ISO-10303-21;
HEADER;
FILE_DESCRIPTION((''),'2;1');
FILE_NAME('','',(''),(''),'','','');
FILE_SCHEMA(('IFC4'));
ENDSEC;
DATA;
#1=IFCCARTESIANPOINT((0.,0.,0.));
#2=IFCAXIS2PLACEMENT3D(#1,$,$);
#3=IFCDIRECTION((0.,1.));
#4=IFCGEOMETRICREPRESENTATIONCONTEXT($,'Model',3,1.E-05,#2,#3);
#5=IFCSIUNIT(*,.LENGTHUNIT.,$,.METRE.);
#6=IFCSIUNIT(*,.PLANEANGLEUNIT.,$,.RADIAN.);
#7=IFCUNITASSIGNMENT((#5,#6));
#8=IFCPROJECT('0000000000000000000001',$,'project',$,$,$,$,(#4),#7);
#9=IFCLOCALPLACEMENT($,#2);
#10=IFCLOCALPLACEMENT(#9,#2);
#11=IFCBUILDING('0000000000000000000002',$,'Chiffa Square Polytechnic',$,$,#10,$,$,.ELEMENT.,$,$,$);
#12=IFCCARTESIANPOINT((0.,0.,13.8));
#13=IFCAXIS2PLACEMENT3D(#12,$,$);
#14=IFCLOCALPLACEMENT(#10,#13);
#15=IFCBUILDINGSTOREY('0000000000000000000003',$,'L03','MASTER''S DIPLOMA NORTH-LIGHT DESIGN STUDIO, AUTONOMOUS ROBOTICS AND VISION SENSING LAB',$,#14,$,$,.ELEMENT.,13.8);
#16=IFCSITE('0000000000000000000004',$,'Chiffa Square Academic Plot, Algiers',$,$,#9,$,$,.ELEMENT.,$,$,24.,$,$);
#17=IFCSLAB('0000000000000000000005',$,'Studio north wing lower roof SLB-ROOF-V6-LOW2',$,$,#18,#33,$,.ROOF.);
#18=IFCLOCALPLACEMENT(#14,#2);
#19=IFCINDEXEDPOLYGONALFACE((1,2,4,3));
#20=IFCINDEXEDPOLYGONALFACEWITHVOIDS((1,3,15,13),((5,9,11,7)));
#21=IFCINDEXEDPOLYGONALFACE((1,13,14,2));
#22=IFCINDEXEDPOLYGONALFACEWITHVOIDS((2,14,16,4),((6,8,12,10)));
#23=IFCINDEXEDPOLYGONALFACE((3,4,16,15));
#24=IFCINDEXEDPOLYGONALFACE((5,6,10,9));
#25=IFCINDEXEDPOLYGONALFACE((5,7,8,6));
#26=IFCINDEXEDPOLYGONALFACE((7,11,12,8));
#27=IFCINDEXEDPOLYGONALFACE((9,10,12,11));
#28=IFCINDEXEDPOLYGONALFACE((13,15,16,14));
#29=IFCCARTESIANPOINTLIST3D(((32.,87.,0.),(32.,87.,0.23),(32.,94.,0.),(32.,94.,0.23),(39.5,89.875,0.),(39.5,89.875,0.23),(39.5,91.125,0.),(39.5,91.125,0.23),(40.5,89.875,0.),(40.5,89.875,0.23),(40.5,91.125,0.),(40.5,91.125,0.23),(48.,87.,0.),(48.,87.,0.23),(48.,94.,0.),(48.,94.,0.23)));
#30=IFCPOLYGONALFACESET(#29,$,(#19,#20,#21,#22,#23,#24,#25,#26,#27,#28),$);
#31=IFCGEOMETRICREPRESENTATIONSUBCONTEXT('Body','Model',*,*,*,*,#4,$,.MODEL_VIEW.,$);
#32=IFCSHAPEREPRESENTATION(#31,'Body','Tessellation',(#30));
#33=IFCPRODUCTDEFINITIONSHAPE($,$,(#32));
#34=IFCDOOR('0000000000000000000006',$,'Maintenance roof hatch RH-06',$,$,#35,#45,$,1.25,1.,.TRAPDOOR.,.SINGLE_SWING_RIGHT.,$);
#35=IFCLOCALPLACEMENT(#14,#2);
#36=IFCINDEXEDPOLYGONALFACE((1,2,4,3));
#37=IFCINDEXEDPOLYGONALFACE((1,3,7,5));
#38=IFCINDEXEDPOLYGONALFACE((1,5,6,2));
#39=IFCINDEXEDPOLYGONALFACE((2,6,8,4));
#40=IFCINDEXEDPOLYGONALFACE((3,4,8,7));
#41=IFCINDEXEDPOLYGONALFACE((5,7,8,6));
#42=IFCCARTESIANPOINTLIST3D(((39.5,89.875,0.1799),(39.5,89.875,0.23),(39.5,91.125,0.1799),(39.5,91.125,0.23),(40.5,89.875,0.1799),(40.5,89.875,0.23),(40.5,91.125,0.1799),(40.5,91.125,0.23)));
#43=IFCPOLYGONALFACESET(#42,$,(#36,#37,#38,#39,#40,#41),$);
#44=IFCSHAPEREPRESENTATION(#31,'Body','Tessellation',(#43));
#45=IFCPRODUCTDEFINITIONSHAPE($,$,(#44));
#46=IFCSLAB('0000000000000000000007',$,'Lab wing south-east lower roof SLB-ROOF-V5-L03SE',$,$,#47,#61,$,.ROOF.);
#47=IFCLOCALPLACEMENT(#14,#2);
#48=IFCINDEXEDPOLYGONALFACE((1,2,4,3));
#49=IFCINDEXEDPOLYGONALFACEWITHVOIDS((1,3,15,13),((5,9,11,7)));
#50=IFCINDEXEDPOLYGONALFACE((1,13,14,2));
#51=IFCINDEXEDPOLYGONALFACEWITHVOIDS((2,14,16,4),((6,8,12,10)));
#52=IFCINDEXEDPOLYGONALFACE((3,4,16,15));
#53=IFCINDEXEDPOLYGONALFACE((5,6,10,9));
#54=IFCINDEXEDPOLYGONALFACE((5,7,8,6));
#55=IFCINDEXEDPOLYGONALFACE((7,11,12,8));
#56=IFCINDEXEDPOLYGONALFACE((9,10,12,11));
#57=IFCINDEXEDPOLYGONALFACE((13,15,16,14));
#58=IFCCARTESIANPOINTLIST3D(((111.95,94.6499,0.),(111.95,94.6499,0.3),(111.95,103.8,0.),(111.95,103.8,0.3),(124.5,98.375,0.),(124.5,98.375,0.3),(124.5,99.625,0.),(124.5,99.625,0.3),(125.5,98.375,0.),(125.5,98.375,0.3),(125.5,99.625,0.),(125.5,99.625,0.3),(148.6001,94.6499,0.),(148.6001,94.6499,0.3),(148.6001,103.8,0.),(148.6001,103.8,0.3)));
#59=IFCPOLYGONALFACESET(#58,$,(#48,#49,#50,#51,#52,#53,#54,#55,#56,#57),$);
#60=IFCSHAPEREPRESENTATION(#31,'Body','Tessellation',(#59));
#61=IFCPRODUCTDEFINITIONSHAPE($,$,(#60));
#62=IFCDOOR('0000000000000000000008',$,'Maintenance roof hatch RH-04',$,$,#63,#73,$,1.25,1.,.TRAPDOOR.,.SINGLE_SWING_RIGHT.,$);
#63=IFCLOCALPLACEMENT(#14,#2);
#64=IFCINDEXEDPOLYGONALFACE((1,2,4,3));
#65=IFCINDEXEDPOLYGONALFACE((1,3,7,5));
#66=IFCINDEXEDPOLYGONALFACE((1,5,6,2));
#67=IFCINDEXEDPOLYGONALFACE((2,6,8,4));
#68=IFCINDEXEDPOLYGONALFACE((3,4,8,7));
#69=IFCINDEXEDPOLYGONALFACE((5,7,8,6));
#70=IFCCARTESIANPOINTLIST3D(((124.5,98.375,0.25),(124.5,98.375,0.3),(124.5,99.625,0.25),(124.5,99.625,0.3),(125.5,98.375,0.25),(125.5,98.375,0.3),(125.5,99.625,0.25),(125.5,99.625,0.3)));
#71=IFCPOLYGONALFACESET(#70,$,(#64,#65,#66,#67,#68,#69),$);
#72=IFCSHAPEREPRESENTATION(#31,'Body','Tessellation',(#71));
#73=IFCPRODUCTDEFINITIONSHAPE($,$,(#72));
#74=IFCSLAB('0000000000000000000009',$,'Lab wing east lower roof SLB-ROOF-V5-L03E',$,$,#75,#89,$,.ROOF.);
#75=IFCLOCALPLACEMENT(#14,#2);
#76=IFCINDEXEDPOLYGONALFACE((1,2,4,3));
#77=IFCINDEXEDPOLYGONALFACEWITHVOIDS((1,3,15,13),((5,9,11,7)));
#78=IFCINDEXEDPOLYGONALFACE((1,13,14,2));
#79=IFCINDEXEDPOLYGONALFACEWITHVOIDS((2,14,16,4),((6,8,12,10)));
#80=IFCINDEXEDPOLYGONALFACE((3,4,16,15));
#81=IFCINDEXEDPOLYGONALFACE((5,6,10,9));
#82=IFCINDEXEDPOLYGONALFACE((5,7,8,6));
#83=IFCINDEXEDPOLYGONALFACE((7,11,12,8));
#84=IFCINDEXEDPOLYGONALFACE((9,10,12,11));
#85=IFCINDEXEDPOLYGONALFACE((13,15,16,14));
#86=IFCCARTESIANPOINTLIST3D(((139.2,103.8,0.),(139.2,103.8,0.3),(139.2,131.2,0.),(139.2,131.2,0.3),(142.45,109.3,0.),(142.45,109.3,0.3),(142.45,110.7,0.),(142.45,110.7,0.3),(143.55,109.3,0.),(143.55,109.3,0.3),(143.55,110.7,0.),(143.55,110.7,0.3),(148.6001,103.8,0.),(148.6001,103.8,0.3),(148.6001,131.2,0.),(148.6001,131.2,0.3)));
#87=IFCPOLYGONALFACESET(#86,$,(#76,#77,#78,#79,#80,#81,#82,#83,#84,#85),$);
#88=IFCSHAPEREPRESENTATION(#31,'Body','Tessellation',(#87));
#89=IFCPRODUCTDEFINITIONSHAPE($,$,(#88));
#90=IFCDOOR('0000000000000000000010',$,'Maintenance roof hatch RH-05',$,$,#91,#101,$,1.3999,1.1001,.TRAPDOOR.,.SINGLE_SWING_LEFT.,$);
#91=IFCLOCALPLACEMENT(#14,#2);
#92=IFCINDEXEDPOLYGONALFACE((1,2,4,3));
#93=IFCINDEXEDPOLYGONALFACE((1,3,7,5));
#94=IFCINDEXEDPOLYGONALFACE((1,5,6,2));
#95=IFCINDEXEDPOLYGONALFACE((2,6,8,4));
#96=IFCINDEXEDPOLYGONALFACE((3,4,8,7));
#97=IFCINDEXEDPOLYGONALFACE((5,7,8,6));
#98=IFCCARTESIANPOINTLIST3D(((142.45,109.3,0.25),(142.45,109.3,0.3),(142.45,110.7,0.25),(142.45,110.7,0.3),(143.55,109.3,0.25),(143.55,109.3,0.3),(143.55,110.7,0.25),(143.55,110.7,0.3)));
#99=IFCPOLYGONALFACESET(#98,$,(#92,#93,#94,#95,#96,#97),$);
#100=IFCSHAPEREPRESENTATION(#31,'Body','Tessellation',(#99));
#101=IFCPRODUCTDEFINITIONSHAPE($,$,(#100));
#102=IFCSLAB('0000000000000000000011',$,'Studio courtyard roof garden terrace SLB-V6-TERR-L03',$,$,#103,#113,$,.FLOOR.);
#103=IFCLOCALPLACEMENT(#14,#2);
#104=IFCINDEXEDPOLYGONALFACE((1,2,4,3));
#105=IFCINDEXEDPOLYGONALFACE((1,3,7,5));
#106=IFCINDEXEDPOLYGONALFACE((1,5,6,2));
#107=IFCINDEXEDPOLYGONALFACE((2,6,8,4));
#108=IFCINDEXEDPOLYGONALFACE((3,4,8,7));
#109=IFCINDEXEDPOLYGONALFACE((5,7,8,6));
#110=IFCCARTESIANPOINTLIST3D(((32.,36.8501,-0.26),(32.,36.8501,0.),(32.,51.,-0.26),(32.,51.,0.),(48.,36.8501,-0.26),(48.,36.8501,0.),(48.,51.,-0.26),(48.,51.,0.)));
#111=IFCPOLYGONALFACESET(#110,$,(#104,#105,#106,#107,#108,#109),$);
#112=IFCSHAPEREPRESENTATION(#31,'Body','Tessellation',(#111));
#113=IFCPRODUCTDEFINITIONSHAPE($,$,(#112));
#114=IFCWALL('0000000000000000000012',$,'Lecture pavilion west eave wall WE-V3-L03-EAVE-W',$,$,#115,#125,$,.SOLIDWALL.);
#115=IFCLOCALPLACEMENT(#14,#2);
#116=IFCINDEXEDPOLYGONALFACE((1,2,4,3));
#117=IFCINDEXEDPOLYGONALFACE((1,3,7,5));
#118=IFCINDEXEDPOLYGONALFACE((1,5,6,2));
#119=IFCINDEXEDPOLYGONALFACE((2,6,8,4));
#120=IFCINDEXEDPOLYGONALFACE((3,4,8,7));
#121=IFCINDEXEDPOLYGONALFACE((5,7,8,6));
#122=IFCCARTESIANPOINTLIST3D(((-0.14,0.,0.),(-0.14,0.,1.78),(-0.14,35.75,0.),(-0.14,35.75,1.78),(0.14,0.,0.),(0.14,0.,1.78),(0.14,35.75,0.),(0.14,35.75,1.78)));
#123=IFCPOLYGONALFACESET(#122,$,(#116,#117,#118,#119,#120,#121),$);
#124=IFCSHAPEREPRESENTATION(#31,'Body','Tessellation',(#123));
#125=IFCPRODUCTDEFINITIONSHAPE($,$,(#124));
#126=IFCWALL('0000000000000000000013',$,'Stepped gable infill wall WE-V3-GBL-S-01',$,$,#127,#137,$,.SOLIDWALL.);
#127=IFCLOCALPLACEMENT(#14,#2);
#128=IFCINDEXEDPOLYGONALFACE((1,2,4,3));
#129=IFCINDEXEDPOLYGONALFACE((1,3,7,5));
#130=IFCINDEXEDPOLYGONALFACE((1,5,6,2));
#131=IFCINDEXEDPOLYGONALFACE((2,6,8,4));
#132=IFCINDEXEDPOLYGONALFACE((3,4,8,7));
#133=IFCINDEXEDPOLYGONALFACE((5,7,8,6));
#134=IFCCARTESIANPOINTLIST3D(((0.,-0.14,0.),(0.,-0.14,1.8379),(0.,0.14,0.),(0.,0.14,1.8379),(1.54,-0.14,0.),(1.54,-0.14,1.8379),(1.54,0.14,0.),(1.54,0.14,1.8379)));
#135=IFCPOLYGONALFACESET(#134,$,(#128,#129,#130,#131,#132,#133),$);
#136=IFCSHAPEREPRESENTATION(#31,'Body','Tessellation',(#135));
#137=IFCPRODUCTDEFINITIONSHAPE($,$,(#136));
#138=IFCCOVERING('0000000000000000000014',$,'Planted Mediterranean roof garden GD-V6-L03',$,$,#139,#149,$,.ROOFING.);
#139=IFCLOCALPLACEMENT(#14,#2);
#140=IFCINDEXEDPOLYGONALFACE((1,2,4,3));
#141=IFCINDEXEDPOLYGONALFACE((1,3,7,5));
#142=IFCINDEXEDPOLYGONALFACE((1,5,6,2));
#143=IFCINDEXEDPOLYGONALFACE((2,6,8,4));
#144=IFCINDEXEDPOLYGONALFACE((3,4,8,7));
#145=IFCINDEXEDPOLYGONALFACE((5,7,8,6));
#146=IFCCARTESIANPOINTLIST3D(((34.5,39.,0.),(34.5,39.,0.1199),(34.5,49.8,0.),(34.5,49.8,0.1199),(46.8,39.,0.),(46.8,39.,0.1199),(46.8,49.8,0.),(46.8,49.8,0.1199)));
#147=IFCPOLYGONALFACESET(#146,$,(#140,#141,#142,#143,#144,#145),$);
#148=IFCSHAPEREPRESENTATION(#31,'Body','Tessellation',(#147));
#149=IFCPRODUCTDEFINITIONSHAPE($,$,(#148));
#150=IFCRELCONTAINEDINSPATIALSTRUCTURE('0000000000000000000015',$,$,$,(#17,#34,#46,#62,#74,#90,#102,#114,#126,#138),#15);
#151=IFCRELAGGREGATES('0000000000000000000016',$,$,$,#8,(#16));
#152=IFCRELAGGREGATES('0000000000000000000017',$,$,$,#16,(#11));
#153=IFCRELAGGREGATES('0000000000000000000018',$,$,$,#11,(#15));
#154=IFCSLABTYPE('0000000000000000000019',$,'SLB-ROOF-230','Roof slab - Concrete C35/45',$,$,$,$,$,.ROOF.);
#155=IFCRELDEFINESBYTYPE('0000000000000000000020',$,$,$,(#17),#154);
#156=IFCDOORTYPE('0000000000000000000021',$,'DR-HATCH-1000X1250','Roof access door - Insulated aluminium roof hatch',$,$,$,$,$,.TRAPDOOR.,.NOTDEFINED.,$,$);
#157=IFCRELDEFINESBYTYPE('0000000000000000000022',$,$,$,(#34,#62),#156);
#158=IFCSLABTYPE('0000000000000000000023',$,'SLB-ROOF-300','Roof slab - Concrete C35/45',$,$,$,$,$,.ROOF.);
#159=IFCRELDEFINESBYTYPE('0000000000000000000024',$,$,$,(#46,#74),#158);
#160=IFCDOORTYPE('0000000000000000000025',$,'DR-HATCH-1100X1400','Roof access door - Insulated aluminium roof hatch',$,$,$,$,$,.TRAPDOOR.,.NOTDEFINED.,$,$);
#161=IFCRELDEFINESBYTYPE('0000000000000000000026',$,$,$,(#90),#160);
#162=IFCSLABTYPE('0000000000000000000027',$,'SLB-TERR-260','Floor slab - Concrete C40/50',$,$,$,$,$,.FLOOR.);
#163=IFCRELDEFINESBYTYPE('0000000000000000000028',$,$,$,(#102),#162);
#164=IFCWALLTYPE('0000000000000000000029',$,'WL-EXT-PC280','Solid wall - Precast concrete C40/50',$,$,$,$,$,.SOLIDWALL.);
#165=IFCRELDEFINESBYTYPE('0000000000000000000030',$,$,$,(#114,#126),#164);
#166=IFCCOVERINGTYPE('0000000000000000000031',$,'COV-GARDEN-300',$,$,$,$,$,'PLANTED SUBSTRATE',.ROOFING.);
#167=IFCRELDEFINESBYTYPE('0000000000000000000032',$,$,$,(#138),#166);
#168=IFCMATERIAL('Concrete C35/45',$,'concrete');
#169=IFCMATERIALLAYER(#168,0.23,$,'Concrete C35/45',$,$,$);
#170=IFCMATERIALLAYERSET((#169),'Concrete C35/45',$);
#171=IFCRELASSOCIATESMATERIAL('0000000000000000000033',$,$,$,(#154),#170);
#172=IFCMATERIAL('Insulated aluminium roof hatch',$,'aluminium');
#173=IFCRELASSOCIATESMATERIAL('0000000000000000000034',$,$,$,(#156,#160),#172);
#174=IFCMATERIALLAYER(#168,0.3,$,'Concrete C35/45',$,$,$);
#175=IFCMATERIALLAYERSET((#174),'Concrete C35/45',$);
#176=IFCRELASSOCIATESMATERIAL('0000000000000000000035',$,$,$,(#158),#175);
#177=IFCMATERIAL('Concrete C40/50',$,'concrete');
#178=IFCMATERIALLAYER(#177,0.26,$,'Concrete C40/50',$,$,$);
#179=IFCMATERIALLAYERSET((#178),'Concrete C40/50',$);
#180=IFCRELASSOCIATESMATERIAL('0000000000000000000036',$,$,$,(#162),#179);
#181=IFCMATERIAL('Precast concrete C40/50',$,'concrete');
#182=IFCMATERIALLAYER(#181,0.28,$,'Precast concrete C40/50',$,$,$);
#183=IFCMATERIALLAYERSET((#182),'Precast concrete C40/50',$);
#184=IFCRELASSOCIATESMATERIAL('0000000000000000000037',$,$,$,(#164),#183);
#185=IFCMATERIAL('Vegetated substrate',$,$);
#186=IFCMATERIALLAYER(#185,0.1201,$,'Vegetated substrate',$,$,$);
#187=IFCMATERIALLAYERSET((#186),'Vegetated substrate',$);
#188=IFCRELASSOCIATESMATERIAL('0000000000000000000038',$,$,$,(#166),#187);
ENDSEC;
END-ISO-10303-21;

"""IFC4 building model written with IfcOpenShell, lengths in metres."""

from ifc_helpers import new_model, si_unit, direction, frame, frame_2d, origin, origin_with_axes, origin_2d, place, context, subcontext, project, spatial, polyline, rectangle, outline, extrude, material, layer, layer_set, type_object, element, fill, save


model = new_model("IFC4")

# Units and contexts
model_context = context("Model", 3, precision=1e-05, world=origin(), true_north=direction((0.0, 1.0)))
body_context = subcontext(model_context, "Body", "Model", "MODEL_VIEW")
ifc_project = project(units=[si_unit("LENGTHUNIT", "METRE"), si_unit("PLANEANGLEUNIT", "RADIAN")], contexts=[model_context])

# Site, building, storey
site_placement = place(None, origin())
site = spatial("IfcSite", under=ifc_project, at=site_placement, Name="Chiffa Square Academic Plot, Algiers", CompositionType="ELEMENT", RefElevation=24.0)
building_placement = place(site_placement, origin())
building = spatial("IfcBuilding", under=site, at=building_placement, Name="Chiffa Square Polytechnic", CompositionType="ELEMENT")
storey_placement = place(building_placement, frame((0.0, 0.0, 13.8)))
storey = spatial("IfcBuildingStorey", under=building, at=storey_placement, Name="L03", Description="MASTER'S DIPLOMA NORTH-LIGHT DESIGN STUDIO, AUTONOMOUS ROBOTICS AND VISION SENSING LAB", CompositionType="ELEMENT", Elevation=13.8)

# Shared definitions
ifc_material_1 = material(Name="Concrete C35/45", Category="concrete")

# Slabs, openings, doors
ifc_layer_1 = layer(ifc_material_1, 0.23, Name="Concrete C35/45")
ifc_layer_set_1 = layer_set([ifc_layer_1], Name="Concrete C35/45")
slab_type_1 = type_object("IfcSlabType", Name="SLB-ROOF-230", Description="Roof slab - Concrete C35/45", PredefinedType="ROOF", material=ifc_layer_set_1)
slab_1_placement = place(storey_placement, origin())
slab_1 = element("IfcSlab", 1, at=slab_1_placement, inside=storey, type_object=slab_type_1, Name="Studio north wing lower roof SLB-ROOF-V6-LOW2", PredefinedType="ROOF", context=body_context, shape_type="SweptSolid", body=[
    extrude(outline(polyline([(32.0, 87.0), (48.0, 87.0), (48.0, 94.0), (32.0, 94.0), (32.0, 87.0)]), holes=[polyline([(39.5, 89.875), (40.5, 89.875), (40.5, 91.125), (39.5, 91.125), (39.5, 89.875)])]), origin(), (0.0, 0.0, 1.0), 0.23),
])
opening_1_placement = place(slab_1_placement, frame((40.0, 90.5, 0.0)))
opening_1 = element("IfcOpeningElement", 2, at=opening_1_placement, cuts=slab_1, PredefinedType="OPENING", context=body_context, shape_type="SweptSolid", body=[
    extrude(rectangle(XDim=1.0, YDim=1.25, at=origin_2d()), frame((0.0, 0.0, -0.01), z_axis=(0.0, 0.0, 1.0), x_axis=(1.0, 0.0, 0.0)), (0.0, 0.0, 1.0), 0.25),
])
ifc_material_2 = material(Name="Insulated aluminium roof hatch", Category="aluminium")
door_type_1 = type_object("IfcDoorType", Name="DR-HATCH-1000X1250", Description="Roof access door - Insulated aluminium roof hatch", OperationType="NOTDEFINED", PredefinedType="TRAPDOOR", material=ifc_material_2)
door_1_placement = place(opening_1_placement, frame((0.0, 0.0, 0.1799)))
door_1 = element("IfcDoor", 3, at=door_1_placement, inside=storey, type_object=door_type_1, Name="Maintenance roof hatch RH-06", OperationType="SINGLE_SWING_RIGHT", OverallHeight=1.25, OverallWidth=1.0, PredefinedType="TRAPDOOR", context=body_context, shape_type="SweptSolid", body=[
    extrude(rectangle(XDim=1.0, YDim=1.25, at=origin_2d()), origin(), (0.0, 0.0, 1.0), 0.05),
])
fill(opening_1, door_1)
ifc_layer_2 = layer(ifc_material_1, 0.3, Name="Concrete C35/45")
ifc_layer_set_2 = layer_set([ifc_layer_2], Name="Concrete C35/45")
slab_type_2 = type_object("IfcSlabType", Name="SLB-ROOF-300", Description="Roof slab - Concrete C35/45", PredefinedType="ROOF", material=ifc_layer_set_2)
slab_2_placement = place(storey_placement, origin())
slab_2 = element("IfcSlab", 4, at=slab_2_placement, inside=storey, type_object=slab_type_2, Name="Lab wing south-east lower roof SLB-ROOF-V5-L03SE", PredefinedType="ROOF", context=body_context, shape_type="SweptSolid", body=[
    extrude(outline(polyline([(111.95, 94.6499), (148.6001, 94.6499), (148.6001, 103.8), (111.95, 103.8), (111.95, 94.6499)]), holes=[polyline([(124.5, 98.375), (125.5, 98.375), (125.5, 99.625), (124.5, 99.625), (124.5, 98.375)])]), origin(), (0.0, 0.0, 1.0), 0.3),
])
opening_2_placement = place(slab_2_placement, frame((125.0, 99.0, 0.0)))
opening_2 = element("IfcOpeningElement", 5, at=opening_2_placement, cuts=slab_2, PredefinedType="OPENING", context=body_context, shape_type="SweptSolid", body=[
    extrude(rectangle(XDim=1.0, YDim=1.25, at=origin_2d()), frame((0.0, 0.0, -0.01), z_axis=(0.0, 0.0, 1.0), x_axis=(1.0, 0.0, 0.0)), (0.0, 0.0, 1.0), 0.3201),
])
door_2_placement = place(opening_2_placement, frame((0.0, 0.0, 0.25)))
door_2 = element("IfcDoor", 6, at=door_2_placement, inside=storey, type_object=door_type_1, Name="Maintenance roof hatch RH-04", OperationType="SINGLE_SWING_RIGHT", OverallHeight=1.25, OverallWidth=1.0, PredefinedType="TRAPDOOR", context=body_context, shape_type="SweptSolid", body=[
    extrude(rectangle(XDim=1.0, YDim=1.25, at=origin_2d()), origin(), (0.0, 0.0, 1.0), 0.05),
])
fill(opening_2, door_2)
slab_3_placement = place(storey_placement, origin())
slab_3 = element("IfcSlab", 7, at=slab_3_placement, inside=storey, type_object=slab_type_2, Name="Lab wing east lower roof SLB-ROOF-V5-L03E", PredefinedType="ROOF", context=body_context, shape_type="SweptSolid", body=[
    extrude(outline(polyline([(139.2, 103.8), (148.6001, 103.8), (148.6001, 131.2), (139.2, 131.2), (139.2, 103.8)]), holes=[polyline([(142.45, 109.3), (143.55, 109.3), (143.55, 110.7), (142.45, 110.7), (142.45, 109.3)])]), origin(), (0.0, 0.0, 1.0), 0.3),
])
opening_3_placement = place(slab_3_placement, frame((143.0, 110.0, 0.0)))
opening_3 = element("IfcOpeningElement", 8, at=opening_3_placement, cuts=slab_3, PredefinedType="OPENING", context=body_context, shape_type="SweptSolid", body=[
    extrude(rectangle(XDim=1.1001, YDim=1.3999, at=origin_2d()), frame((0.0, 0.0, -0.01), z_axis=(0.0, 0.0, 1.0), x_axis=(1.0, 0.0, 0.0)), (0.0, 0.0, 1.0), 0.3201),
])
door_type_2 = type_object("IfcDoorType", Name="DR-HATCH-1100X1400", Description="Roof access door - Insulated aluminium roof hatch", OperationType="NOTDEFINED", PredefinedType="TRAPDOOR", material=ifc_material_2)
door_3_placement = place(opening_3_placement, frame((0.0, 0.0, 0.25)))
door_3 = element("IfcDoor", 9, at=door_3_placement, inside=storey, type_object=door_type_2, Name="Maintenance roof hatch RH-05", OperationType="SINGLE_SWING_LEFT", OverallHeight=1.3999, OverallWidth=1.1001, PredefinedType="TRAPDOOR", context=body_context, shape_type="SweptSolid", body=[
    extrude(rectangle(XDim=1.1001, YDim=1.3999, at=origin_2d()), origin(), (0.0, 0.0, 1.0), 0.05),
])
fill(opening_3, door_3)

# Slab
ifc_material_3 = material(Name="Concrete C40/50", Category="concrete")
ifc_layer_3 = layer(ifc_material_3, 0.26, Name="Concrete C40/50")
ifc_layer_set_3 = layer_set([ifc_layer_3], Name="Concrete C40/50")
slab_type_3 = type_object("IfcSlabType", Name="SLB-TERR-260", Description="Floor slab - Concrete C40/50", PredefinedType="FLOOR", material=ifc_layer_set_3)
slab_4_placement = place(storey_placement, frame((0.0, 0.0, -0.26)))
element("IfcSlab", 10, at=slab_4_placement, inside=storey, type_object=slab_type_3, Name="Studio courtyard roof garden terrace SLB-V6-TERR-L03", PredefinedType="FLOOR", context=body_context, shape_type="SweptSolid", body=[
    extrude(outline(polyline([(32.0, 36.8501), (48.0, 36.8501), (48.0, 51.0), (32.0, 51.0), (32.0, 36.8501)])), origin(), (0.0, 0.0, 1.0), 0.26),
])

# Walls
ifc_material_4 = material(Name="Precast concrete C40/50", Category="concrete")
ifc_layer_4 = layer(ifc_material_4, 0.28, Name="Precast concrete C40/50")
ifc_layer_set_4 = layer_set([ifc_layer_4], Name="Precast concrete C40/50")
wall_type = type_object("IfcWallType", Name="WL-EXT-PC280", Description="Solid wall - Precast concrete C40/50", PredefinedType="SOLIDWALL", material=ifc_layer_set_4)
wall_1_placement = place(storey_placement, frame((0.0, 0.0, 0.0), z_axis=(0.0, 0.0, 1.0), x_axis=(0.0, 1.0, 0.0)))
element("IfcWall", 11, at=wall_1_placement, inside=storey, type_object=wall_type, Name="Lecture pavilion west eave wall WE-V3-L03-EAVE-W", PredefinedType="SOLIDWALL", context=body_context, shape_type="SweptSolid", body=[
    extrude(rectangle(XDim=35.75, YDim=0.28, at=frame_2d((17.875, 0.0))), origin(), (0.0, 0.0, 1.0), 1.78),
])
wall_2_placement = place(storey_placement, origin_with_axes())
element("IfcWall", 12, at=wall_2_placement, inside=storey, type_object=wall_type, Name="Stepped gable infill wall WE-V3-GBL-S-01", PredefinedType="SOLIDWALL", context=body_context, shape_type="SweptSolid", body=[
    extrude(rectangle(XDim=1.54, YDim=0.28, at=frame_2d((0.77, 0.0))), origin(), (0.0, 0.0, 1.0), 1.8379),
])

# Covering
ifc_material_5 = material(Name="Vegetated substrate")
ifc_layer_5 = layer(ifc_material_5, 0.1201, Name="Vegetated substrate")
ifc_layer_set_5 = layer_set([ifc_layer_5], Name="Vegetated substrate")
covering_type = type_object("IfcCoveringType", Name="COV-GARDEN-300", ElementType="PLANTED SUBSTRATE", PredefinedType="ROOFING", material=ifc_layer_set_5)
covering_placement = place(storey_placement, origin())
element("IfcCovering", 13, at=covering_placement, inside=storey, type_object=covering_type, Name="Planted Mediterranean roof garden GD-V6-L03", PredefinedType="ROOFING", context=body_context, shape_type="SweptSolid", body=[
    extrude(outline(polyline([(34.5, 39.0), (46.8, 39.0), (46.8, 49.8), (34.5, 49.8), (34.5, 39.0)])), origin(), (0.0, 0.0, 1.0), 0.1199),
])

save(model, "model.ifc")
